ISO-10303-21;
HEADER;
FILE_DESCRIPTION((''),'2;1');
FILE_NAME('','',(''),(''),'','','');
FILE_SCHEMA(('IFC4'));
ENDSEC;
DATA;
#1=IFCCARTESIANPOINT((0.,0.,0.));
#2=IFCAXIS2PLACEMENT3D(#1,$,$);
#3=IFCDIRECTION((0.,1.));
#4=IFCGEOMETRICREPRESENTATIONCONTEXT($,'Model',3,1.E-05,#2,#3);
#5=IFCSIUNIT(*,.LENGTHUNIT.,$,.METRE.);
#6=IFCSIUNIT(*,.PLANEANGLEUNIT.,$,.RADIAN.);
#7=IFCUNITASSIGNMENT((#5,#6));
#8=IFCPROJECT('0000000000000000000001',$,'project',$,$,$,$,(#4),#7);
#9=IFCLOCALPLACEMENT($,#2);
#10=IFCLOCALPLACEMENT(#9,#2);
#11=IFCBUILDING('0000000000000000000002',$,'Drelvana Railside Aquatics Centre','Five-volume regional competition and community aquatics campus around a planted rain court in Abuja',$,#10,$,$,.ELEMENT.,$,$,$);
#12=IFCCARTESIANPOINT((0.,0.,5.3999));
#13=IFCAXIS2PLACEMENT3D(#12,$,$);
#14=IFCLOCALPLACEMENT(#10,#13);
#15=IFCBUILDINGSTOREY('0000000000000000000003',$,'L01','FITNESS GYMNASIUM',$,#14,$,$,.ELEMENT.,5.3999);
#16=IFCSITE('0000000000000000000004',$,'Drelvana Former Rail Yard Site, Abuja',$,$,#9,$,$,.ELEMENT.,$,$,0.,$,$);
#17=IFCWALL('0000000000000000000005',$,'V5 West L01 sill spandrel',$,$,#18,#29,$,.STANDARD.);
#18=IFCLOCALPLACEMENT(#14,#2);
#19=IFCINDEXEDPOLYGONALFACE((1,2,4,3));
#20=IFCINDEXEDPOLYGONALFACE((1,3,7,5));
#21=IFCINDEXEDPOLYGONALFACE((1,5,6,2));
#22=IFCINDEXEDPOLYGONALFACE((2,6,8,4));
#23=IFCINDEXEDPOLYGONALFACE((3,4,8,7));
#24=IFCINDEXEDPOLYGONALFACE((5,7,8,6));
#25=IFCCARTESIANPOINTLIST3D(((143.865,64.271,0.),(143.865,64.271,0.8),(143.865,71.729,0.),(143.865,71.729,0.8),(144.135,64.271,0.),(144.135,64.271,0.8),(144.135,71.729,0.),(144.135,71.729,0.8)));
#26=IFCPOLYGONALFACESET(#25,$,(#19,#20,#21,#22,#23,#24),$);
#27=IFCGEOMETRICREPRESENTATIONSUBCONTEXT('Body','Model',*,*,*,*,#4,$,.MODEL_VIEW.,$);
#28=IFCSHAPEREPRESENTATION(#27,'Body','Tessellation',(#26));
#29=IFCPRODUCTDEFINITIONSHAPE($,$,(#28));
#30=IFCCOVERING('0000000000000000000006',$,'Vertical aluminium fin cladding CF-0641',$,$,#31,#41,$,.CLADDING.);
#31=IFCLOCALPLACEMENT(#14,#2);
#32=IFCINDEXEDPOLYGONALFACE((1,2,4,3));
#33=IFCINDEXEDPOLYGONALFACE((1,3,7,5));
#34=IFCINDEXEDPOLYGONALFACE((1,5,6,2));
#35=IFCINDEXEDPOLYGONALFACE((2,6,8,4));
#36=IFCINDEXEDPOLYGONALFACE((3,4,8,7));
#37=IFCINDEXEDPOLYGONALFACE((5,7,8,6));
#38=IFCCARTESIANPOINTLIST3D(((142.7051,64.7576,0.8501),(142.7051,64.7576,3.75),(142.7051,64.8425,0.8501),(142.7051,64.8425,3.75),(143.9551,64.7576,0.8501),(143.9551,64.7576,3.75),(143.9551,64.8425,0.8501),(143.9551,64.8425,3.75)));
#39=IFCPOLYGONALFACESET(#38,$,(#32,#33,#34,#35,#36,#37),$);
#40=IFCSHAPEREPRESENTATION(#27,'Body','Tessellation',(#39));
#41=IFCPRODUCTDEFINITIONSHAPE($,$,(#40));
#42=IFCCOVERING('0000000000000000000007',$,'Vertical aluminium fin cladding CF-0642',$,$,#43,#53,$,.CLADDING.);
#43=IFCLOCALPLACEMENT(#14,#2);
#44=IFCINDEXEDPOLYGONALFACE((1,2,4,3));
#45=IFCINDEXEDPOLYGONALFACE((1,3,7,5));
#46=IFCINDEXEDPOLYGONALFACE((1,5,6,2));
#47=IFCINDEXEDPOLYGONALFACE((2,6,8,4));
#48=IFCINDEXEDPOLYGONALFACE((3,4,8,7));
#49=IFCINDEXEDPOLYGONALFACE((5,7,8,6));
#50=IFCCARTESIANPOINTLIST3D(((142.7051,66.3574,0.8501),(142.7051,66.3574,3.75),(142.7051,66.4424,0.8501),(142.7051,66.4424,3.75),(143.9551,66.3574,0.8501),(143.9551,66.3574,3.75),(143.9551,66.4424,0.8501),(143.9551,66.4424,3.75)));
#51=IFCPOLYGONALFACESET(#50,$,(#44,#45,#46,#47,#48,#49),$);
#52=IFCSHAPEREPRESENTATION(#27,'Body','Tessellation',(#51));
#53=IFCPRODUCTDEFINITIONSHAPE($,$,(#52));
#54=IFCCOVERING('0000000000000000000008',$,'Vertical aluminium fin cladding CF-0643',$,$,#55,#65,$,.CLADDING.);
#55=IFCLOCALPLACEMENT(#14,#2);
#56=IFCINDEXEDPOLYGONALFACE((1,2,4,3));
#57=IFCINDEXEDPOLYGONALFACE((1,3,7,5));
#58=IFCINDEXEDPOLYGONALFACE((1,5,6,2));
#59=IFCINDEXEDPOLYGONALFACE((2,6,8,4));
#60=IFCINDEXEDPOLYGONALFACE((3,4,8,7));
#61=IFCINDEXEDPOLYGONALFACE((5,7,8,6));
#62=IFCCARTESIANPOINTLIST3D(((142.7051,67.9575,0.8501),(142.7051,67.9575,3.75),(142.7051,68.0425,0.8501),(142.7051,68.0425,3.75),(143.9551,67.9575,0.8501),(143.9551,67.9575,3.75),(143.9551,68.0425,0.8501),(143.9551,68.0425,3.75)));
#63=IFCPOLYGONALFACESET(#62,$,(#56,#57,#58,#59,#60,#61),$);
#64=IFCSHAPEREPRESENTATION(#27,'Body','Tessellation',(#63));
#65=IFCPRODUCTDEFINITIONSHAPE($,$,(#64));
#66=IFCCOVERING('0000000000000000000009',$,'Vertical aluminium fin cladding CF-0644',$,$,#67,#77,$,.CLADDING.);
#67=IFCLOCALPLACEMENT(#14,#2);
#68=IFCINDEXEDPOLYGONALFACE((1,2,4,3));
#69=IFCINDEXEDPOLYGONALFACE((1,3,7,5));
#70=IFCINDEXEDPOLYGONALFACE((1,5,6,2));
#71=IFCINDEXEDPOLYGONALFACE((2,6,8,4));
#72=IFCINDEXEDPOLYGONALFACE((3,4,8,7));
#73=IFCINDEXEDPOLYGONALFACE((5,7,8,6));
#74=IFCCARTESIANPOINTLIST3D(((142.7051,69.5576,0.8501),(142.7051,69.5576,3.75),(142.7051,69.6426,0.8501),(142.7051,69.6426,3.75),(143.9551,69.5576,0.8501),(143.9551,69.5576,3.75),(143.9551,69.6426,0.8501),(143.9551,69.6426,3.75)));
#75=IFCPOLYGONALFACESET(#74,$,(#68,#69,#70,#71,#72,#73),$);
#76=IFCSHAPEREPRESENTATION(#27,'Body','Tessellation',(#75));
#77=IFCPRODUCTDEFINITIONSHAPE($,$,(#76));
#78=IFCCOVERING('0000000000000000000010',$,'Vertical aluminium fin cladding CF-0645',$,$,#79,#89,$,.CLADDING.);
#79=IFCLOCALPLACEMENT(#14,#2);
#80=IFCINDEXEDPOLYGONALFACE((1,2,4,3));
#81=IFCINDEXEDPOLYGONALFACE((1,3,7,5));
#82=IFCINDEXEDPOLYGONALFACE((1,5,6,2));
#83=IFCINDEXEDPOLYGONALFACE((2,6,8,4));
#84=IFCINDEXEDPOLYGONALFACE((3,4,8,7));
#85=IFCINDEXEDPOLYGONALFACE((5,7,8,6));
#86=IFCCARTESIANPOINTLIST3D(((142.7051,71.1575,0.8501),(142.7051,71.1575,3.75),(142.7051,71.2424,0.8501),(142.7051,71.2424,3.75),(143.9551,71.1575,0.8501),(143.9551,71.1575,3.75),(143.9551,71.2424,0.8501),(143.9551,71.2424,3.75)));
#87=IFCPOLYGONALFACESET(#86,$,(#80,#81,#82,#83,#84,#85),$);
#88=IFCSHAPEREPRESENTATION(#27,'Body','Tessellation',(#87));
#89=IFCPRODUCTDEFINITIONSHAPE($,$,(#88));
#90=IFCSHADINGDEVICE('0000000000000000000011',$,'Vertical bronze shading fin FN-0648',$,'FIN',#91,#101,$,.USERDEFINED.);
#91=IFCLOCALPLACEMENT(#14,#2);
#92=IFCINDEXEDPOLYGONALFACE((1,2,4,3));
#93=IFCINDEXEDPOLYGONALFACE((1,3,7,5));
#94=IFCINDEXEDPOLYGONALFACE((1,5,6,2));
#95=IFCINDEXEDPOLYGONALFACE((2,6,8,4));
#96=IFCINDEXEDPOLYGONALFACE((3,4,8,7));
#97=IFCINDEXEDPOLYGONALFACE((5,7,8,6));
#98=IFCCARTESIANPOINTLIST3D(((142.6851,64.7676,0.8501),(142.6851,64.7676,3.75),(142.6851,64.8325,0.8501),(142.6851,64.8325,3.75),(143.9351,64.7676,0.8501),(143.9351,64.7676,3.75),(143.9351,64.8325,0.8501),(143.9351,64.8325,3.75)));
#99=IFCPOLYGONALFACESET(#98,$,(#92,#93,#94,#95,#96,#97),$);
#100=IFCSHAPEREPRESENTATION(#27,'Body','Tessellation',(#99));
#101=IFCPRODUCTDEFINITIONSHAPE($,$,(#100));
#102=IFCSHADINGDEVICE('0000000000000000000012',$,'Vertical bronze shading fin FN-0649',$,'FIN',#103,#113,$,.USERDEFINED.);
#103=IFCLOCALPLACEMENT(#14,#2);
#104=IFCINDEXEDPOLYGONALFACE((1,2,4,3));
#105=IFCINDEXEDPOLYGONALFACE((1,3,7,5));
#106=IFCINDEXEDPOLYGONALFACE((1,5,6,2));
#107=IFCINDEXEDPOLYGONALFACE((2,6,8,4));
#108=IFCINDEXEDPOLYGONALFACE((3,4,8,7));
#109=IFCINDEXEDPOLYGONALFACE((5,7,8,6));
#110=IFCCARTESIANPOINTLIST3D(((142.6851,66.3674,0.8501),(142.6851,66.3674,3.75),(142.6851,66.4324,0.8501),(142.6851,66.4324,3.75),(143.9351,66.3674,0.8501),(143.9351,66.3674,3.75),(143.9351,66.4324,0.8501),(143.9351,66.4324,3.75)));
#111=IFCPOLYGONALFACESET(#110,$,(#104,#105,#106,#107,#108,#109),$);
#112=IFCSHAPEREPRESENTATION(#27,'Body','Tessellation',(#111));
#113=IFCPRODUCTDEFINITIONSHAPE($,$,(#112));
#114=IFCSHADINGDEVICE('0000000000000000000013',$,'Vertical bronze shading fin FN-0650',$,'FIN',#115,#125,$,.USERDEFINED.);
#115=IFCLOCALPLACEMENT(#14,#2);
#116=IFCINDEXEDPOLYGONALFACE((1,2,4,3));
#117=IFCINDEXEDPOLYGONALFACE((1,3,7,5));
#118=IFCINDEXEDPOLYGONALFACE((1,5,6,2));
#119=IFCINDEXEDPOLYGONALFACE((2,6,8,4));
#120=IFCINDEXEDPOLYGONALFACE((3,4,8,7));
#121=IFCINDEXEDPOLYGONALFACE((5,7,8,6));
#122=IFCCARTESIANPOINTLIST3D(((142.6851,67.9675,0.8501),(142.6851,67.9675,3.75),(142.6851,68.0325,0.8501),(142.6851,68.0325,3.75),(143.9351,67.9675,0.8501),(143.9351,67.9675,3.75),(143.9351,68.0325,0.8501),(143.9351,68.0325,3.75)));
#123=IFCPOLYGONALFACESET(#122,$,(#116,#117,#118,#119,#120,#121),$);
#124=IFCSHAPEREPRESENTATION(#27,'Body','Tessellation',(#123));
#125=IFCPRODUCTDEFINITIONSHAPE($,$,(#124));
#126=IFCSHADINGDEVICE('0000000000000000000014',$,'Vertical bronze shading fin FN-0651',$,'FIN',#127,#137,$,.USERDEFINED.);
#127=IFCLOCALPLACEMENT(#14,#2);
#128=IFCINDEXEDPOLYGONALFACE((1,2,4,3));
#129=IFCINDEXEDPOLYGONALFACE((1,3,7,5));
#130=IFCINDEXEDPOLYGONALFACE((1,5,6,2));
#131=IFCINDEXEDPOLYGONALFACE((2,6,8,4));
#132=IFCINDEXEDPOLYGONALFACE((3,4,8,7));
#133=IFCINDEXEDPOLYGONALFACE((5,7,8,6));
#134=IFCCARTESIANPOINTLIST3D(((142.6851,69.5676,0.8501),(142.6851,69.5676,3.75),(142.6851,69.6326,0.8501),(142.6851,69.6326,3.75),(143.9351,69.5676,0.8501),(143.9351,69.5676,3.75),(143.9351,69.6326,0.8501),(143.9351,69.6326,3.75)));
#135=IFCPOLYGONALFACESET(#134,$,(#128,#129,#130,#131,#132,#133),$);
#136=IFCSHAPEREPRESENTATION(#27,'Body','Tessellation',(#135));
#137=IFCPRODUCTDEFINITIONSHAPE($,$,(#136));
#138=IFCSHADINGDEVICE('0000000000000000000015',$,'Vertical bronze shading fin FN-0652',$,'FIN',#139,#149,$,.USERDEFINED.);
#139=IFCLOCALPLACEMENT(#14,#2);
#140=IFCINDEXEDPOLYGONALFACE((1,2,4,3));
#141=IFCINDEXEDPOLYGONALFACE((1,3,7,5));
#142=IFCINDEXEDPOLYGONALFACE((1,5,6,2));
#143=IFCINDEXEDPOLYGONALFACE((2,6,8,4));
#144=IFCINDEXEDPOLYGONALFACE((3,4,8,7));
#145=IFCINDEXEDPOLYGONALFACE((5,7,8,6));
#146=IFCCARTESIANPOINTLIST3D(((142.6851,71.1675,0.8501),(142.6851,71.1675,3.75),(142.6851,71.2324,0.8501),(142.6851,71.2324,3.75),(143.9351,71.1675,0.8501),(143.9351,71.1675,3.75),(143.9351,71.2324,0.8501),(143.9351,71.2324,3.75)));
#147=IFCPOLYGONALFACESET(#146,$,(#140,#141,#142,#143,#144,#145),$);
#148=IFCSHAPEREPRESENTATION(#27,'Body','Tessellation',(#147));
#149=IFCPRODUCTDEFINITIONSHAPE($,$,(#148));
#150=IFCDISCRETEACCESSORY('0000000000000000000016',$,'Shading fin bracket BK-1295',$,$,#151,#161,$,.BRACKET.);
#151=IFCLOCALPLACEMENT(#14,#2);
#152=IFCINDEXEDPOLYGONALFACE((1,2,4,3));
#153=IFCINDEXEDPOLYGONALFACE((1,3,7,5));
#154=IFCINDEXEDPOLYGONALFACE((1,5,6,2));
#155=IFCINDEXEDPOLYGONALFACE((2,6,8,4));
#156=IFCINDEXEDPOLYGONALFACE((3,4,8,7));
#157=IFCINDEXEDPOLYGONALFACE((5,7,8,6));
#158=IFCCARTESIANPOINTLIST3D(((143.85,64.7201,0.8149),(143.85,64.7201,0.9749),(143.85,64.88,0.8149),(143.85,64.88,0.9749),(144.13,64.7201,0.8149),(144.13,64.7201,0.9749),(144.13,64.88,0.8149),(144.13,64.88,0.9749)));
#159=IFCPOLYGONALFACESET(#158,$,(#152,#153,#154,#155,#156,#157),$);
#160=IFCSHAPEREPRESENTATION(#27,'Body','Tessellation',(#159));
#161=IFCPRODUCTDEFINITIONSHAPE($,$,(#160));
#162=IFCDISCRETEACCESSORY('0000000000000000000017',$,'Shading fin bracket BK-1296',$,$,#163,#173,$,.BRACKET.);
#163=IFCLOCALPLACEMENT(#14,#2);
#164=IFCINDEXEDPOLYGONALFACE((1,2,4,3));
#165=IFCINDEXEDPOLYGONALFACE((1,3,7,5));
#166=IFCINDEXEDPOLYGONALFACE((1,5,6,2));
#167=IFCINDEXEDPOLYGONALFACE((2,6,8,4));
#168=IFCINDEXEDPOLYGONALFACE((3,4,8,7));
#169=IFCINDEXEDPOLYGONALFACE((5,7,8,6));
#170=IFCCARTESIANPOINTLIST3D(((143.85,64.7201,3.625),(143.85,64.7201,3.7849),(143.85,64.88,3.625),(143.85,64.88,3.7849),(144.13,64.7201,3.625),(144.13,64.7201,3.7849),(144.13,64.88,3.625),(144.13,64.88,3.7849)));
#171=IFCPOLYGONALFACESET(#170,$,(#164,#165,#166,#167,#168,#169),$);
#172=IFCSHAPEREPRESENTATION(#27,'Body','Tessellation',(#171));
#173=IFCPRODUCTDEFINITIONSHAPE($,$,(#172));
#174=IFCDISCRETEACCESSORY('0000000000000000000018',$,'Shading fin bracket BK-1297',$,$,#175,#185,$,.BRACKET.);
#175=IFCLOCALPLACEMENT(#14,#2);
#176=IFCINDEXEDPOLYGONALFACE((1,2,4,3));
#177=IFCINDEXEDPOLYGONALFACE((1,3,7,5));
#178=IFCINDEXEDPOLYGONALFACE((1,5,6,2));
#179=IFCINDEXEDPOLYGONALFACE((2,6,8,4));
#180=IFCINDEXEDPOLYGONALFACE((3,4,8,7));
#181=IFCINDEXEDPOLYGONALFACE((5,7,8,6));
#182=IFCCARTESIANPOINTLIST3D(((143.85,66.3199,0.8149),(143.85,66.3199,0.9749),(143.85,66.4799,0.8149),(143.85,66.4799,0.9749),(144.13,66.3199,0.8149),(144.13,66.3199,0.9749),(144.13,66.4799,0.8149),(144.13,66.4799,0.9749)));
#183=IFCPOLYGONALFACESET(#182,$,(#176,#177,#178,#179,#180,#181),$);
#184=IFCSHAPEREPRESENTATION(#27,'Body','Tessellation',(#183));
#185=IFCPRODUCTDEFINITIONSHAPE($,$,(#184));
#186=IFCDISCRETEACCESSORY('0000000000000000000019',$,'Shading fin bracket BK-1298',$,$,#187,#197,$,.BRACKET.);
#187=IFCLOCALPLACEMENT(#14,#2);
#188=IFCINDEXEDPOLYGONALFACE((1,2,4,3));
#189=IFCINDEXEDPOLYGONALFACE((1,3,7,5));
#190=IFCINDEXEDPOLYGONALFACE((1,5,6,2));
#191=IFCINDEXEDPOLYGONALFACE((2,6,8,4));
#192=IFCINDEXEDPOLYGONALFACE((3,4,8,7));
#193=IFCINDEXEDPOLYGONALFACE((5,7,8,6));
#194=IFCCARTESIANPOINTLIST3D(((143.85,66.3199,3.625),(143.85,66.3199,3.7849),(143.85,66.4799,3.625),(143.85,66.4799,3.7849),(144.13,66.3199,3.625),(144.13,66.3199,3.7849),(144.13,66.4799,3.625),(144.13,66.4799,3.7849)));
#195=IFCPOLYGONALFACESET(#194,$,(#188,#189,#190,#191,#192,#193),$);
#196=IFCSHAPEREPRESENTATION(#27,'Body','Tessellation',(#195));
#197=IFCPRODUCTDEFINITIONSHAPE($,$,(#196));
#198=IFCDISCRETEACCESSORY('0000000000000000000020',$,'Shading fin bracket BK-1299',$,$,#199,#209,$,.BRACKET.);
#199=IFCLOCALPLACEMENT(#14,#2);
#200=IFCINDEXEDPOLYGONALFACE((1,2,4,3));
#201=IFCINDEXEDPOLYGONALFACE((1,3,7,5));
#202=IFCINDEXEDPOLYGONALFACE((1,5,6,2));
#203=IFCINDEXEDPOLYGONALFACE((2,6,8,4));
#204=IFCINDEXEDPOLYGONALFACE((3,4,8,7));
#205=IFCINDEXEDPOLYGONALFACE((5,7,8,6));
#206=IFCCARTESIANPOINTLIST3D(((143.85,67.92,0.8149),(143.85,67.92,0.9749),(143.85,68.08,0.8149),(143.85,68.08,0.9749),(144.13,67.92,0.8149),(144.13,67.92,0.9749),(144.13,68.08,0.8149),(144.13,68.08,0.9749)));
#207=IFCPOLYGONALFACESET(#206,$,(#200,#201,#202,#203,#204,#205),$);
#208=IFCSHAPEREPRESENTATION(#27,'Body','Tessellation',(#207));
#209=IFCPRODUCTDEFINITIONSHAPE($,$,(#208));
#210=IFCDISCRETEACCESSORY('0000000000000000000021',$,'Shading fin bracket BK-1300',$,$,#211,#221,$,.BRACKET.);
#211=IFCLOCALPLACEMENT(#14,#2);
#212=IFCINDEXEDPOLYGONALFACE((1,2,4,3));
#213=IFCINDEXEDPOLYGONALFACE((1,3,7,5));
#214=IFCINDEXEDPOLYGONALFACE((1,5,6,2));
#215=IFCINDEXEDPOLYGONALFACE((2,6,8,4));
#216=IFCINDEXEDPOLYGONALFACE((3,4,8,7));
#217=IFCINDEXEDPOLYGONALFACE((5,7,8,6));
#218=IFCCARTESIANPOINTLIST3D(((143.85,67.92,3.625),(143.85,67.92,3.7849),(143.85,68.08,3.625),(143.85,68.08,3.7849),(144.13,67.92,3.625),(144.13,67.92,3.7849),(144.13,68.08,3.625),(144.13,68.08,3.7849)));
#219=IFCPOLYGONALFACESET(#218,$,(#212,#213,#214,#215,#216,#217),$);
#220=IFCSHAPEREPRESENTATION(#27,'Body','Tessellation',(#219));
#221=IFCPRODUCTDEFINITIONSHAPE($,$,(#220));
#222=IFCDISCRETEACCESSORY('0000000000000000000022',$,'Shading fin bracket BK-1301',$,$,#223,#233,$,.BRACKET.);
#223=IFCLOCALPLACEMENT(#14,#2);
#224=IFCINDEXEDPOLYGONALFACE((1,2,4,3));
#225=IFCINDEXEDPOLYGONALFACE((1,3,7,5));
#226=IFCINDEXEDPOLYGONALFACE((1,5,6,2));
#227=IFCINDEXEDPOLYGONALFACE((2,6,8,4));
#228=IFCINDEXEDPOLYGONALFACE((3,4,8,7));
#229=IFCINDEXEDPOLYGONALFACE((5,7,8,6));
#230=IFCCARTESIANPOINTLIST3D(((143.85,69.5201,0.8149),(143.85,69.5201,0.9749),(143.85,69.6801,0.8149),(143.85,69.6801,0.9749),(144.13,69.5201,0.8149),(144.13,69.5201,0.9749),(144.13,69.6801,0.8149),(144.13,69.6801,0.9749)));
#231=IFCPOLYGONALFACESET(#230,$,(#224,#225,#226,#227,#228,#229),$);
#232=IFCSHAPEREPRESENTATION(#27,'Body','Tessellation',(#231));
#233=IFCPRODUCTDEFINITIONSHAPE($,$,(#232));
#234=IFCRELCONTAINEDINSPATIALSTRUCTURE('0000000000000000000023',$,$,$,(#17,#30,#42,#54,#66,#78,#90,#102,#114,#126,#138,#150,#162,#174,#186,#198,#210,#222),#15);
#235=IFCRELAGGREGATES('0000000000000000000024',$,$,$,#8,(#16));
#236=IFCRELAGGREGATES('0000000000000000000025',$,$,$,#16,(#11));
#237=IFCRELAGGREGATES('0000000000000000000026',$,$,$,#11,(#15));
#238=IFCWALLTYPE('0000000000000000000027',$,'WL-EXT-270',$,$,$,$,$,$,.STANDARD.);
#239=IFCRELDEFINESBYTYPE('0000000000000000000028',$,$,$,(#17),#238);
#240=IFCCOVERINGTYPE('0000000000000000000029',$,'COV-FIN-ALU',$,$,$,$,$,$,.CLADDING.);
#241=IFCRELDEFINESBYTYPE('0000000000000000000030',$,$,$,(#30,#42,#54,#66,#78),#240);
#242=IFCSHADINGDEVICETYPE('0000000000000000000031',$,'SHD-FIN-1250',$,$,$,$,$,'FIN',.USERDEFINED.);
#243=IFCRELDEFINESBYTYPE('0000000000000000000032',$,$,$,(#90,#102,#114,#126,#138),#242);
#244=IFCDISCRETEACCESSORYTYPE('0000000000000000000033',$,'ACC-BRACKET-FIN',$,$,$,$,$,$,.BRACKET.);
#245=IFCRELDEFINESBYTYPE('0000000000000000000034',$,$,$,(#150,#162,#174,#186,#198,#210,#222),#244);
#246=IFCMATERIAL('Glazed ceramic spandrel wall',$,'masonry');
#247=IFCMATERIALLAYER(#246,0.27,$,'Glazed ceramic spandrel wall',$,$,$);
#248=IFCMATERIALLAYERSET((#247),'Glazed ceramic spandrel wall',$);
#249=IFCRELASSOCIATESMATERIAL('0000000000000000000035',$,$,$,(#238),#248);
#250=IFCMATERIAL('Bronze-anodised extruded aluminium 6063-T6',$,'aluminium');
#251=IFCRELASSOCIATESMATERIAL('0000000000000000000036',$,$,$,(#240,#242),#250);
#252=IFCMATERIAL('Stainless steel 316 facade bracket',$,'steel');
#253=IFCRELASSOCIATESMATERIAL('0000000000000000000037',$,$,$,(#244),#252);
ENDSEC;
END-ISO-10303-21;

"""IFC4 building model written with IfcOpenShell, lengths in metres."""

from ifc_helpers import new_model, si_unit, direction, frame, frame_2d, origin, origin_2d, place, context, subcontext, project, spatial, rectangle, extrude, material, layer, layer_set, type_object, element, save


model = new_model("IFC4")

# Units and contexts
model_context = context("Model", 3, precision=1e-05, world=origin(), true_north=direction((0.0, 1.0)))
body_context = subcontext(model_context, "Body", "Model", "MODEL_VIEW")
ifc_project = project(units=[si_unit("LENGTHUNIT", "METRE"), si_unit("PLANEANGLEUNIT", "RADIAN")], contexts=[model_context])

# Site, building, storey
site_placement = place(None, origin())
site = spatial("IfcSite", under=ifc_project, at=site_placement, Name="Drelvana Former Rail Yard Site, Abuja", CompositionType="ELEMENT", RefElevation=0.0)
building_placement = place(site_placement, origin())
building = spatial("IfcBuilding", under=site, at=building_placement, Name="Drelvana Railside Aquatics Centre", Description="Five-volume regional competition and community aquatics campus around a planted rain court in Abuja", CompositionType="ELEMENT")
storey_placement = place(building_placement, frame((0.0, 0.0, 5.3999)))
storey = spatial("IfcBuildingStorey", under=building, at=storey_placement, Name="L01", Description="FITNESS GYMNASIUM", CompositionType="ELEMENT", Elevation=5.3999)

# Wall
ifc_material_1 = material(Name="Glazed ceramic spandrel wall", Category="masonry")
ifc_layer_1 = layer(ifc_material_1, 0.27, Name="Glazed ceramic spandrel wall")
ifc_layer_set_1 = layer_set([ifc_layer_1], Name="Glazed ceramic spandrel wall")
wall_type = type_object("IfcWallType", Name="WL-EXT-270", PredefinedType="STANDARD", material=ifc_layer_set_1)
wall_placement = place(storey_placement, frame((144.0, 64.271, 0.0), z_axis=(0.0, 0.0, 1.0), x_axis=(0.0, 1.0, 0.0)))
element("IfcWall", 1, at=wall_placement, inside=storey, type_object=wall_type, Name="V5 West L01 sill spandrel", PredefinedType="STANDARD", context=body_context, shape_type="SweptSolid", body=[
    extrude(rectangle(XDim=7.458, YDim=0.27, at=frame_2d((3.729, 0.0))), origin(), (0.0, 0.0, 1.0), 0.8),
])

# Coverings
ifc_material_2 = material(Name="Bronze-anodised extruded aluminium 6063-T6", Category="aluminium")
covering_type = type_object("IfcCoveringType", Name="COV-FIN-ALU", PredefinedType="CLADDING", material=ifc_material_2)
for number, where, z_axis, x_axis, name in (
    (2, (143.3301, 64.8, 0.8501), (0.0, 0.0, 1.0), (0.0, 1.0, 0.0), "Vertical aluminium fin cladding CF-0641"),
    (3, (143.3301, 66.3999, 0.8501), (0.0, 0.0, 1.0), (0.0, 1.0, 0.0), "Vertical aluminium fin cladding CF-0642"),
    (4, (143.3301, 68.0, 0.8501), (0.0, 0.0, 1.0), (0.0, 1.0, 0.0), "Vertical aluminium fin cladding CF-0643"),
    (5, (143.3301, 69.6001, 0.8501), (0.0, 0.0, 1.0), (0.0, 1.0, 0.0), "Vertical aluminium fin cladding CF-0644"),
    (6, (143.3301, 71.2, 0.8501), (0.0, 0.0, 1.0), (0.0, 1.0, 0.0), "Vertical aluminium fin cladding CF-0645"),
):
    element("IfcCovering", number, at=place(storey_placement, frame(where, z_axis=z_axis, x_axis=x_axis)), inside=storey, type_object=covering_type, Name=name, PredefinedType="CLADDING", context=body_context, shape_type="SweptSolid", body=[
        extrude(rectangle(XDim=0.085, YDim=1.25, at=origin_2d()), origin(), (0.0, 0.0, 1.0), 2.8999),
    ])

# Shading devices
shading_device_type = type_object("IfcShadingDeviceType", Name="SHD-FIN-1250", ElementType="FIN", PredefinedType="USERDEFINED", material=ifc_material_2)
for number, where, z_axis, x_axis, name in (
    (7, (143.3101, 64.8, 0.8501), (0.0, 0.0, 1.0), (-1.0, 0.0, 0.0), "Vertical bronze shading fin FN-0648"),
    (8, (143.3101, 66.3999, 0.8501), (0.0, 0.0, 1.0), (-1.0, 0.0, 0.0), "Vertical bronze shading fin FN-0649"),
    (9, (143.3101, 68.0, 0.8501), (0.0, 0.0, 1.0), (-1.0, 0.0, 0.0), "Vertical bronze shading fin FN-0650"),
    (10, (143.3101, 69.6001, 0.8501), (0.0, 0.0, 1.0), (-1.0, 0.0, 0.0), "Vertical bronze shading fin FN-0651"),
    (11, (143.3101, 71.2, 0.8501), (0.0, 0.0, 1.0), (-1.0, 0.0, 0.0), "Vertical bronze shading fin FN-0652"),
):
    element("IfcShadingDevice", number, at=place(storey_placement, frame(where, z_axis=z_axis, x_axis=x_axis)), inside=storey, type_object=shading_device_type, Name=name, ObjectType="FIN", PredefinedType="USERDEFINED", context=body_context, shape_type="SweptSolid", body=[
        extrude(rectangle(XDim=1.25, YDim=0.0649, at=origin_2d()), origin(), (0.0, 0.0, 1.0), 2.8999),
    ])

# Discrete accessories
ifc_material_3 = material(Name="Stainless steel 316 facade bracket", Category="steel")
discrete_accessory_type = type_object("IfcDiscreteAccessoryType", Name="ACC-BRACKET-FIN", PredefinedType="BRACKET", material=ifc_material_3)
for number, where, z_axis, x_axis, name in (
    (12, (143.99, 64.8, 0.8149), (0.0, 0.0, 1.0), (-1.0, 0.0, 0.0), "Shading fin bracket BK-1295"),
    (13, (143.99, 64.8, 3.625), (0.0, 0.0, 1.0), (-1.0, 0.0, 0.0), "Shading fin bracket BK-1296"),
    (14, (143.99, 66.3999, 0.8149), (0.0, 0.0, 1.0), (-1.0, 0.0, 0.0), "Shading fin bracket BK-1297"),
    (15, (143.99, 66.3999, 3.625), (0.0, 0.0, 1.0), (-1.0, 0.0, 0.0), "Shading fin bracket BK-1298"),
    (16, (143.99, 68.0, 0.8149), (0.0, 0.0, 1.0), (-1.0, 0.0, 0.0), "Shading fin bracket BK-1299"),
    (17, (143.99, 68.0, 3.625), (0.0, 0.0, 1.0), (-1.0, 0.0, 0.0), "Shading fin bracket BK-1300"),
    (18, (143.99, 69.6001, 0.8149), (0.0, 0.0, 1.0), (-1.0, 0.0, 0.0), "Shading fin bracket BK-1301"),
):
    element("IfcDiscreteAccessory", number, at=place(storey_placement, frame(where, z_axis=z_axis, x_axis=x_axis)), inside=storey, type_object=discrete_accessory_type, Name=name, PredefinedType="BRACKET", context=body_context, shape_type="SweptSolid", body=[
        extrude(rectangle(XDim=0.28, YDim=0.1599, at=origin_2d()), origin(), (0.0, 0.0, 1.0), 0.1599),
    ])

save(model, "model.ifc")
